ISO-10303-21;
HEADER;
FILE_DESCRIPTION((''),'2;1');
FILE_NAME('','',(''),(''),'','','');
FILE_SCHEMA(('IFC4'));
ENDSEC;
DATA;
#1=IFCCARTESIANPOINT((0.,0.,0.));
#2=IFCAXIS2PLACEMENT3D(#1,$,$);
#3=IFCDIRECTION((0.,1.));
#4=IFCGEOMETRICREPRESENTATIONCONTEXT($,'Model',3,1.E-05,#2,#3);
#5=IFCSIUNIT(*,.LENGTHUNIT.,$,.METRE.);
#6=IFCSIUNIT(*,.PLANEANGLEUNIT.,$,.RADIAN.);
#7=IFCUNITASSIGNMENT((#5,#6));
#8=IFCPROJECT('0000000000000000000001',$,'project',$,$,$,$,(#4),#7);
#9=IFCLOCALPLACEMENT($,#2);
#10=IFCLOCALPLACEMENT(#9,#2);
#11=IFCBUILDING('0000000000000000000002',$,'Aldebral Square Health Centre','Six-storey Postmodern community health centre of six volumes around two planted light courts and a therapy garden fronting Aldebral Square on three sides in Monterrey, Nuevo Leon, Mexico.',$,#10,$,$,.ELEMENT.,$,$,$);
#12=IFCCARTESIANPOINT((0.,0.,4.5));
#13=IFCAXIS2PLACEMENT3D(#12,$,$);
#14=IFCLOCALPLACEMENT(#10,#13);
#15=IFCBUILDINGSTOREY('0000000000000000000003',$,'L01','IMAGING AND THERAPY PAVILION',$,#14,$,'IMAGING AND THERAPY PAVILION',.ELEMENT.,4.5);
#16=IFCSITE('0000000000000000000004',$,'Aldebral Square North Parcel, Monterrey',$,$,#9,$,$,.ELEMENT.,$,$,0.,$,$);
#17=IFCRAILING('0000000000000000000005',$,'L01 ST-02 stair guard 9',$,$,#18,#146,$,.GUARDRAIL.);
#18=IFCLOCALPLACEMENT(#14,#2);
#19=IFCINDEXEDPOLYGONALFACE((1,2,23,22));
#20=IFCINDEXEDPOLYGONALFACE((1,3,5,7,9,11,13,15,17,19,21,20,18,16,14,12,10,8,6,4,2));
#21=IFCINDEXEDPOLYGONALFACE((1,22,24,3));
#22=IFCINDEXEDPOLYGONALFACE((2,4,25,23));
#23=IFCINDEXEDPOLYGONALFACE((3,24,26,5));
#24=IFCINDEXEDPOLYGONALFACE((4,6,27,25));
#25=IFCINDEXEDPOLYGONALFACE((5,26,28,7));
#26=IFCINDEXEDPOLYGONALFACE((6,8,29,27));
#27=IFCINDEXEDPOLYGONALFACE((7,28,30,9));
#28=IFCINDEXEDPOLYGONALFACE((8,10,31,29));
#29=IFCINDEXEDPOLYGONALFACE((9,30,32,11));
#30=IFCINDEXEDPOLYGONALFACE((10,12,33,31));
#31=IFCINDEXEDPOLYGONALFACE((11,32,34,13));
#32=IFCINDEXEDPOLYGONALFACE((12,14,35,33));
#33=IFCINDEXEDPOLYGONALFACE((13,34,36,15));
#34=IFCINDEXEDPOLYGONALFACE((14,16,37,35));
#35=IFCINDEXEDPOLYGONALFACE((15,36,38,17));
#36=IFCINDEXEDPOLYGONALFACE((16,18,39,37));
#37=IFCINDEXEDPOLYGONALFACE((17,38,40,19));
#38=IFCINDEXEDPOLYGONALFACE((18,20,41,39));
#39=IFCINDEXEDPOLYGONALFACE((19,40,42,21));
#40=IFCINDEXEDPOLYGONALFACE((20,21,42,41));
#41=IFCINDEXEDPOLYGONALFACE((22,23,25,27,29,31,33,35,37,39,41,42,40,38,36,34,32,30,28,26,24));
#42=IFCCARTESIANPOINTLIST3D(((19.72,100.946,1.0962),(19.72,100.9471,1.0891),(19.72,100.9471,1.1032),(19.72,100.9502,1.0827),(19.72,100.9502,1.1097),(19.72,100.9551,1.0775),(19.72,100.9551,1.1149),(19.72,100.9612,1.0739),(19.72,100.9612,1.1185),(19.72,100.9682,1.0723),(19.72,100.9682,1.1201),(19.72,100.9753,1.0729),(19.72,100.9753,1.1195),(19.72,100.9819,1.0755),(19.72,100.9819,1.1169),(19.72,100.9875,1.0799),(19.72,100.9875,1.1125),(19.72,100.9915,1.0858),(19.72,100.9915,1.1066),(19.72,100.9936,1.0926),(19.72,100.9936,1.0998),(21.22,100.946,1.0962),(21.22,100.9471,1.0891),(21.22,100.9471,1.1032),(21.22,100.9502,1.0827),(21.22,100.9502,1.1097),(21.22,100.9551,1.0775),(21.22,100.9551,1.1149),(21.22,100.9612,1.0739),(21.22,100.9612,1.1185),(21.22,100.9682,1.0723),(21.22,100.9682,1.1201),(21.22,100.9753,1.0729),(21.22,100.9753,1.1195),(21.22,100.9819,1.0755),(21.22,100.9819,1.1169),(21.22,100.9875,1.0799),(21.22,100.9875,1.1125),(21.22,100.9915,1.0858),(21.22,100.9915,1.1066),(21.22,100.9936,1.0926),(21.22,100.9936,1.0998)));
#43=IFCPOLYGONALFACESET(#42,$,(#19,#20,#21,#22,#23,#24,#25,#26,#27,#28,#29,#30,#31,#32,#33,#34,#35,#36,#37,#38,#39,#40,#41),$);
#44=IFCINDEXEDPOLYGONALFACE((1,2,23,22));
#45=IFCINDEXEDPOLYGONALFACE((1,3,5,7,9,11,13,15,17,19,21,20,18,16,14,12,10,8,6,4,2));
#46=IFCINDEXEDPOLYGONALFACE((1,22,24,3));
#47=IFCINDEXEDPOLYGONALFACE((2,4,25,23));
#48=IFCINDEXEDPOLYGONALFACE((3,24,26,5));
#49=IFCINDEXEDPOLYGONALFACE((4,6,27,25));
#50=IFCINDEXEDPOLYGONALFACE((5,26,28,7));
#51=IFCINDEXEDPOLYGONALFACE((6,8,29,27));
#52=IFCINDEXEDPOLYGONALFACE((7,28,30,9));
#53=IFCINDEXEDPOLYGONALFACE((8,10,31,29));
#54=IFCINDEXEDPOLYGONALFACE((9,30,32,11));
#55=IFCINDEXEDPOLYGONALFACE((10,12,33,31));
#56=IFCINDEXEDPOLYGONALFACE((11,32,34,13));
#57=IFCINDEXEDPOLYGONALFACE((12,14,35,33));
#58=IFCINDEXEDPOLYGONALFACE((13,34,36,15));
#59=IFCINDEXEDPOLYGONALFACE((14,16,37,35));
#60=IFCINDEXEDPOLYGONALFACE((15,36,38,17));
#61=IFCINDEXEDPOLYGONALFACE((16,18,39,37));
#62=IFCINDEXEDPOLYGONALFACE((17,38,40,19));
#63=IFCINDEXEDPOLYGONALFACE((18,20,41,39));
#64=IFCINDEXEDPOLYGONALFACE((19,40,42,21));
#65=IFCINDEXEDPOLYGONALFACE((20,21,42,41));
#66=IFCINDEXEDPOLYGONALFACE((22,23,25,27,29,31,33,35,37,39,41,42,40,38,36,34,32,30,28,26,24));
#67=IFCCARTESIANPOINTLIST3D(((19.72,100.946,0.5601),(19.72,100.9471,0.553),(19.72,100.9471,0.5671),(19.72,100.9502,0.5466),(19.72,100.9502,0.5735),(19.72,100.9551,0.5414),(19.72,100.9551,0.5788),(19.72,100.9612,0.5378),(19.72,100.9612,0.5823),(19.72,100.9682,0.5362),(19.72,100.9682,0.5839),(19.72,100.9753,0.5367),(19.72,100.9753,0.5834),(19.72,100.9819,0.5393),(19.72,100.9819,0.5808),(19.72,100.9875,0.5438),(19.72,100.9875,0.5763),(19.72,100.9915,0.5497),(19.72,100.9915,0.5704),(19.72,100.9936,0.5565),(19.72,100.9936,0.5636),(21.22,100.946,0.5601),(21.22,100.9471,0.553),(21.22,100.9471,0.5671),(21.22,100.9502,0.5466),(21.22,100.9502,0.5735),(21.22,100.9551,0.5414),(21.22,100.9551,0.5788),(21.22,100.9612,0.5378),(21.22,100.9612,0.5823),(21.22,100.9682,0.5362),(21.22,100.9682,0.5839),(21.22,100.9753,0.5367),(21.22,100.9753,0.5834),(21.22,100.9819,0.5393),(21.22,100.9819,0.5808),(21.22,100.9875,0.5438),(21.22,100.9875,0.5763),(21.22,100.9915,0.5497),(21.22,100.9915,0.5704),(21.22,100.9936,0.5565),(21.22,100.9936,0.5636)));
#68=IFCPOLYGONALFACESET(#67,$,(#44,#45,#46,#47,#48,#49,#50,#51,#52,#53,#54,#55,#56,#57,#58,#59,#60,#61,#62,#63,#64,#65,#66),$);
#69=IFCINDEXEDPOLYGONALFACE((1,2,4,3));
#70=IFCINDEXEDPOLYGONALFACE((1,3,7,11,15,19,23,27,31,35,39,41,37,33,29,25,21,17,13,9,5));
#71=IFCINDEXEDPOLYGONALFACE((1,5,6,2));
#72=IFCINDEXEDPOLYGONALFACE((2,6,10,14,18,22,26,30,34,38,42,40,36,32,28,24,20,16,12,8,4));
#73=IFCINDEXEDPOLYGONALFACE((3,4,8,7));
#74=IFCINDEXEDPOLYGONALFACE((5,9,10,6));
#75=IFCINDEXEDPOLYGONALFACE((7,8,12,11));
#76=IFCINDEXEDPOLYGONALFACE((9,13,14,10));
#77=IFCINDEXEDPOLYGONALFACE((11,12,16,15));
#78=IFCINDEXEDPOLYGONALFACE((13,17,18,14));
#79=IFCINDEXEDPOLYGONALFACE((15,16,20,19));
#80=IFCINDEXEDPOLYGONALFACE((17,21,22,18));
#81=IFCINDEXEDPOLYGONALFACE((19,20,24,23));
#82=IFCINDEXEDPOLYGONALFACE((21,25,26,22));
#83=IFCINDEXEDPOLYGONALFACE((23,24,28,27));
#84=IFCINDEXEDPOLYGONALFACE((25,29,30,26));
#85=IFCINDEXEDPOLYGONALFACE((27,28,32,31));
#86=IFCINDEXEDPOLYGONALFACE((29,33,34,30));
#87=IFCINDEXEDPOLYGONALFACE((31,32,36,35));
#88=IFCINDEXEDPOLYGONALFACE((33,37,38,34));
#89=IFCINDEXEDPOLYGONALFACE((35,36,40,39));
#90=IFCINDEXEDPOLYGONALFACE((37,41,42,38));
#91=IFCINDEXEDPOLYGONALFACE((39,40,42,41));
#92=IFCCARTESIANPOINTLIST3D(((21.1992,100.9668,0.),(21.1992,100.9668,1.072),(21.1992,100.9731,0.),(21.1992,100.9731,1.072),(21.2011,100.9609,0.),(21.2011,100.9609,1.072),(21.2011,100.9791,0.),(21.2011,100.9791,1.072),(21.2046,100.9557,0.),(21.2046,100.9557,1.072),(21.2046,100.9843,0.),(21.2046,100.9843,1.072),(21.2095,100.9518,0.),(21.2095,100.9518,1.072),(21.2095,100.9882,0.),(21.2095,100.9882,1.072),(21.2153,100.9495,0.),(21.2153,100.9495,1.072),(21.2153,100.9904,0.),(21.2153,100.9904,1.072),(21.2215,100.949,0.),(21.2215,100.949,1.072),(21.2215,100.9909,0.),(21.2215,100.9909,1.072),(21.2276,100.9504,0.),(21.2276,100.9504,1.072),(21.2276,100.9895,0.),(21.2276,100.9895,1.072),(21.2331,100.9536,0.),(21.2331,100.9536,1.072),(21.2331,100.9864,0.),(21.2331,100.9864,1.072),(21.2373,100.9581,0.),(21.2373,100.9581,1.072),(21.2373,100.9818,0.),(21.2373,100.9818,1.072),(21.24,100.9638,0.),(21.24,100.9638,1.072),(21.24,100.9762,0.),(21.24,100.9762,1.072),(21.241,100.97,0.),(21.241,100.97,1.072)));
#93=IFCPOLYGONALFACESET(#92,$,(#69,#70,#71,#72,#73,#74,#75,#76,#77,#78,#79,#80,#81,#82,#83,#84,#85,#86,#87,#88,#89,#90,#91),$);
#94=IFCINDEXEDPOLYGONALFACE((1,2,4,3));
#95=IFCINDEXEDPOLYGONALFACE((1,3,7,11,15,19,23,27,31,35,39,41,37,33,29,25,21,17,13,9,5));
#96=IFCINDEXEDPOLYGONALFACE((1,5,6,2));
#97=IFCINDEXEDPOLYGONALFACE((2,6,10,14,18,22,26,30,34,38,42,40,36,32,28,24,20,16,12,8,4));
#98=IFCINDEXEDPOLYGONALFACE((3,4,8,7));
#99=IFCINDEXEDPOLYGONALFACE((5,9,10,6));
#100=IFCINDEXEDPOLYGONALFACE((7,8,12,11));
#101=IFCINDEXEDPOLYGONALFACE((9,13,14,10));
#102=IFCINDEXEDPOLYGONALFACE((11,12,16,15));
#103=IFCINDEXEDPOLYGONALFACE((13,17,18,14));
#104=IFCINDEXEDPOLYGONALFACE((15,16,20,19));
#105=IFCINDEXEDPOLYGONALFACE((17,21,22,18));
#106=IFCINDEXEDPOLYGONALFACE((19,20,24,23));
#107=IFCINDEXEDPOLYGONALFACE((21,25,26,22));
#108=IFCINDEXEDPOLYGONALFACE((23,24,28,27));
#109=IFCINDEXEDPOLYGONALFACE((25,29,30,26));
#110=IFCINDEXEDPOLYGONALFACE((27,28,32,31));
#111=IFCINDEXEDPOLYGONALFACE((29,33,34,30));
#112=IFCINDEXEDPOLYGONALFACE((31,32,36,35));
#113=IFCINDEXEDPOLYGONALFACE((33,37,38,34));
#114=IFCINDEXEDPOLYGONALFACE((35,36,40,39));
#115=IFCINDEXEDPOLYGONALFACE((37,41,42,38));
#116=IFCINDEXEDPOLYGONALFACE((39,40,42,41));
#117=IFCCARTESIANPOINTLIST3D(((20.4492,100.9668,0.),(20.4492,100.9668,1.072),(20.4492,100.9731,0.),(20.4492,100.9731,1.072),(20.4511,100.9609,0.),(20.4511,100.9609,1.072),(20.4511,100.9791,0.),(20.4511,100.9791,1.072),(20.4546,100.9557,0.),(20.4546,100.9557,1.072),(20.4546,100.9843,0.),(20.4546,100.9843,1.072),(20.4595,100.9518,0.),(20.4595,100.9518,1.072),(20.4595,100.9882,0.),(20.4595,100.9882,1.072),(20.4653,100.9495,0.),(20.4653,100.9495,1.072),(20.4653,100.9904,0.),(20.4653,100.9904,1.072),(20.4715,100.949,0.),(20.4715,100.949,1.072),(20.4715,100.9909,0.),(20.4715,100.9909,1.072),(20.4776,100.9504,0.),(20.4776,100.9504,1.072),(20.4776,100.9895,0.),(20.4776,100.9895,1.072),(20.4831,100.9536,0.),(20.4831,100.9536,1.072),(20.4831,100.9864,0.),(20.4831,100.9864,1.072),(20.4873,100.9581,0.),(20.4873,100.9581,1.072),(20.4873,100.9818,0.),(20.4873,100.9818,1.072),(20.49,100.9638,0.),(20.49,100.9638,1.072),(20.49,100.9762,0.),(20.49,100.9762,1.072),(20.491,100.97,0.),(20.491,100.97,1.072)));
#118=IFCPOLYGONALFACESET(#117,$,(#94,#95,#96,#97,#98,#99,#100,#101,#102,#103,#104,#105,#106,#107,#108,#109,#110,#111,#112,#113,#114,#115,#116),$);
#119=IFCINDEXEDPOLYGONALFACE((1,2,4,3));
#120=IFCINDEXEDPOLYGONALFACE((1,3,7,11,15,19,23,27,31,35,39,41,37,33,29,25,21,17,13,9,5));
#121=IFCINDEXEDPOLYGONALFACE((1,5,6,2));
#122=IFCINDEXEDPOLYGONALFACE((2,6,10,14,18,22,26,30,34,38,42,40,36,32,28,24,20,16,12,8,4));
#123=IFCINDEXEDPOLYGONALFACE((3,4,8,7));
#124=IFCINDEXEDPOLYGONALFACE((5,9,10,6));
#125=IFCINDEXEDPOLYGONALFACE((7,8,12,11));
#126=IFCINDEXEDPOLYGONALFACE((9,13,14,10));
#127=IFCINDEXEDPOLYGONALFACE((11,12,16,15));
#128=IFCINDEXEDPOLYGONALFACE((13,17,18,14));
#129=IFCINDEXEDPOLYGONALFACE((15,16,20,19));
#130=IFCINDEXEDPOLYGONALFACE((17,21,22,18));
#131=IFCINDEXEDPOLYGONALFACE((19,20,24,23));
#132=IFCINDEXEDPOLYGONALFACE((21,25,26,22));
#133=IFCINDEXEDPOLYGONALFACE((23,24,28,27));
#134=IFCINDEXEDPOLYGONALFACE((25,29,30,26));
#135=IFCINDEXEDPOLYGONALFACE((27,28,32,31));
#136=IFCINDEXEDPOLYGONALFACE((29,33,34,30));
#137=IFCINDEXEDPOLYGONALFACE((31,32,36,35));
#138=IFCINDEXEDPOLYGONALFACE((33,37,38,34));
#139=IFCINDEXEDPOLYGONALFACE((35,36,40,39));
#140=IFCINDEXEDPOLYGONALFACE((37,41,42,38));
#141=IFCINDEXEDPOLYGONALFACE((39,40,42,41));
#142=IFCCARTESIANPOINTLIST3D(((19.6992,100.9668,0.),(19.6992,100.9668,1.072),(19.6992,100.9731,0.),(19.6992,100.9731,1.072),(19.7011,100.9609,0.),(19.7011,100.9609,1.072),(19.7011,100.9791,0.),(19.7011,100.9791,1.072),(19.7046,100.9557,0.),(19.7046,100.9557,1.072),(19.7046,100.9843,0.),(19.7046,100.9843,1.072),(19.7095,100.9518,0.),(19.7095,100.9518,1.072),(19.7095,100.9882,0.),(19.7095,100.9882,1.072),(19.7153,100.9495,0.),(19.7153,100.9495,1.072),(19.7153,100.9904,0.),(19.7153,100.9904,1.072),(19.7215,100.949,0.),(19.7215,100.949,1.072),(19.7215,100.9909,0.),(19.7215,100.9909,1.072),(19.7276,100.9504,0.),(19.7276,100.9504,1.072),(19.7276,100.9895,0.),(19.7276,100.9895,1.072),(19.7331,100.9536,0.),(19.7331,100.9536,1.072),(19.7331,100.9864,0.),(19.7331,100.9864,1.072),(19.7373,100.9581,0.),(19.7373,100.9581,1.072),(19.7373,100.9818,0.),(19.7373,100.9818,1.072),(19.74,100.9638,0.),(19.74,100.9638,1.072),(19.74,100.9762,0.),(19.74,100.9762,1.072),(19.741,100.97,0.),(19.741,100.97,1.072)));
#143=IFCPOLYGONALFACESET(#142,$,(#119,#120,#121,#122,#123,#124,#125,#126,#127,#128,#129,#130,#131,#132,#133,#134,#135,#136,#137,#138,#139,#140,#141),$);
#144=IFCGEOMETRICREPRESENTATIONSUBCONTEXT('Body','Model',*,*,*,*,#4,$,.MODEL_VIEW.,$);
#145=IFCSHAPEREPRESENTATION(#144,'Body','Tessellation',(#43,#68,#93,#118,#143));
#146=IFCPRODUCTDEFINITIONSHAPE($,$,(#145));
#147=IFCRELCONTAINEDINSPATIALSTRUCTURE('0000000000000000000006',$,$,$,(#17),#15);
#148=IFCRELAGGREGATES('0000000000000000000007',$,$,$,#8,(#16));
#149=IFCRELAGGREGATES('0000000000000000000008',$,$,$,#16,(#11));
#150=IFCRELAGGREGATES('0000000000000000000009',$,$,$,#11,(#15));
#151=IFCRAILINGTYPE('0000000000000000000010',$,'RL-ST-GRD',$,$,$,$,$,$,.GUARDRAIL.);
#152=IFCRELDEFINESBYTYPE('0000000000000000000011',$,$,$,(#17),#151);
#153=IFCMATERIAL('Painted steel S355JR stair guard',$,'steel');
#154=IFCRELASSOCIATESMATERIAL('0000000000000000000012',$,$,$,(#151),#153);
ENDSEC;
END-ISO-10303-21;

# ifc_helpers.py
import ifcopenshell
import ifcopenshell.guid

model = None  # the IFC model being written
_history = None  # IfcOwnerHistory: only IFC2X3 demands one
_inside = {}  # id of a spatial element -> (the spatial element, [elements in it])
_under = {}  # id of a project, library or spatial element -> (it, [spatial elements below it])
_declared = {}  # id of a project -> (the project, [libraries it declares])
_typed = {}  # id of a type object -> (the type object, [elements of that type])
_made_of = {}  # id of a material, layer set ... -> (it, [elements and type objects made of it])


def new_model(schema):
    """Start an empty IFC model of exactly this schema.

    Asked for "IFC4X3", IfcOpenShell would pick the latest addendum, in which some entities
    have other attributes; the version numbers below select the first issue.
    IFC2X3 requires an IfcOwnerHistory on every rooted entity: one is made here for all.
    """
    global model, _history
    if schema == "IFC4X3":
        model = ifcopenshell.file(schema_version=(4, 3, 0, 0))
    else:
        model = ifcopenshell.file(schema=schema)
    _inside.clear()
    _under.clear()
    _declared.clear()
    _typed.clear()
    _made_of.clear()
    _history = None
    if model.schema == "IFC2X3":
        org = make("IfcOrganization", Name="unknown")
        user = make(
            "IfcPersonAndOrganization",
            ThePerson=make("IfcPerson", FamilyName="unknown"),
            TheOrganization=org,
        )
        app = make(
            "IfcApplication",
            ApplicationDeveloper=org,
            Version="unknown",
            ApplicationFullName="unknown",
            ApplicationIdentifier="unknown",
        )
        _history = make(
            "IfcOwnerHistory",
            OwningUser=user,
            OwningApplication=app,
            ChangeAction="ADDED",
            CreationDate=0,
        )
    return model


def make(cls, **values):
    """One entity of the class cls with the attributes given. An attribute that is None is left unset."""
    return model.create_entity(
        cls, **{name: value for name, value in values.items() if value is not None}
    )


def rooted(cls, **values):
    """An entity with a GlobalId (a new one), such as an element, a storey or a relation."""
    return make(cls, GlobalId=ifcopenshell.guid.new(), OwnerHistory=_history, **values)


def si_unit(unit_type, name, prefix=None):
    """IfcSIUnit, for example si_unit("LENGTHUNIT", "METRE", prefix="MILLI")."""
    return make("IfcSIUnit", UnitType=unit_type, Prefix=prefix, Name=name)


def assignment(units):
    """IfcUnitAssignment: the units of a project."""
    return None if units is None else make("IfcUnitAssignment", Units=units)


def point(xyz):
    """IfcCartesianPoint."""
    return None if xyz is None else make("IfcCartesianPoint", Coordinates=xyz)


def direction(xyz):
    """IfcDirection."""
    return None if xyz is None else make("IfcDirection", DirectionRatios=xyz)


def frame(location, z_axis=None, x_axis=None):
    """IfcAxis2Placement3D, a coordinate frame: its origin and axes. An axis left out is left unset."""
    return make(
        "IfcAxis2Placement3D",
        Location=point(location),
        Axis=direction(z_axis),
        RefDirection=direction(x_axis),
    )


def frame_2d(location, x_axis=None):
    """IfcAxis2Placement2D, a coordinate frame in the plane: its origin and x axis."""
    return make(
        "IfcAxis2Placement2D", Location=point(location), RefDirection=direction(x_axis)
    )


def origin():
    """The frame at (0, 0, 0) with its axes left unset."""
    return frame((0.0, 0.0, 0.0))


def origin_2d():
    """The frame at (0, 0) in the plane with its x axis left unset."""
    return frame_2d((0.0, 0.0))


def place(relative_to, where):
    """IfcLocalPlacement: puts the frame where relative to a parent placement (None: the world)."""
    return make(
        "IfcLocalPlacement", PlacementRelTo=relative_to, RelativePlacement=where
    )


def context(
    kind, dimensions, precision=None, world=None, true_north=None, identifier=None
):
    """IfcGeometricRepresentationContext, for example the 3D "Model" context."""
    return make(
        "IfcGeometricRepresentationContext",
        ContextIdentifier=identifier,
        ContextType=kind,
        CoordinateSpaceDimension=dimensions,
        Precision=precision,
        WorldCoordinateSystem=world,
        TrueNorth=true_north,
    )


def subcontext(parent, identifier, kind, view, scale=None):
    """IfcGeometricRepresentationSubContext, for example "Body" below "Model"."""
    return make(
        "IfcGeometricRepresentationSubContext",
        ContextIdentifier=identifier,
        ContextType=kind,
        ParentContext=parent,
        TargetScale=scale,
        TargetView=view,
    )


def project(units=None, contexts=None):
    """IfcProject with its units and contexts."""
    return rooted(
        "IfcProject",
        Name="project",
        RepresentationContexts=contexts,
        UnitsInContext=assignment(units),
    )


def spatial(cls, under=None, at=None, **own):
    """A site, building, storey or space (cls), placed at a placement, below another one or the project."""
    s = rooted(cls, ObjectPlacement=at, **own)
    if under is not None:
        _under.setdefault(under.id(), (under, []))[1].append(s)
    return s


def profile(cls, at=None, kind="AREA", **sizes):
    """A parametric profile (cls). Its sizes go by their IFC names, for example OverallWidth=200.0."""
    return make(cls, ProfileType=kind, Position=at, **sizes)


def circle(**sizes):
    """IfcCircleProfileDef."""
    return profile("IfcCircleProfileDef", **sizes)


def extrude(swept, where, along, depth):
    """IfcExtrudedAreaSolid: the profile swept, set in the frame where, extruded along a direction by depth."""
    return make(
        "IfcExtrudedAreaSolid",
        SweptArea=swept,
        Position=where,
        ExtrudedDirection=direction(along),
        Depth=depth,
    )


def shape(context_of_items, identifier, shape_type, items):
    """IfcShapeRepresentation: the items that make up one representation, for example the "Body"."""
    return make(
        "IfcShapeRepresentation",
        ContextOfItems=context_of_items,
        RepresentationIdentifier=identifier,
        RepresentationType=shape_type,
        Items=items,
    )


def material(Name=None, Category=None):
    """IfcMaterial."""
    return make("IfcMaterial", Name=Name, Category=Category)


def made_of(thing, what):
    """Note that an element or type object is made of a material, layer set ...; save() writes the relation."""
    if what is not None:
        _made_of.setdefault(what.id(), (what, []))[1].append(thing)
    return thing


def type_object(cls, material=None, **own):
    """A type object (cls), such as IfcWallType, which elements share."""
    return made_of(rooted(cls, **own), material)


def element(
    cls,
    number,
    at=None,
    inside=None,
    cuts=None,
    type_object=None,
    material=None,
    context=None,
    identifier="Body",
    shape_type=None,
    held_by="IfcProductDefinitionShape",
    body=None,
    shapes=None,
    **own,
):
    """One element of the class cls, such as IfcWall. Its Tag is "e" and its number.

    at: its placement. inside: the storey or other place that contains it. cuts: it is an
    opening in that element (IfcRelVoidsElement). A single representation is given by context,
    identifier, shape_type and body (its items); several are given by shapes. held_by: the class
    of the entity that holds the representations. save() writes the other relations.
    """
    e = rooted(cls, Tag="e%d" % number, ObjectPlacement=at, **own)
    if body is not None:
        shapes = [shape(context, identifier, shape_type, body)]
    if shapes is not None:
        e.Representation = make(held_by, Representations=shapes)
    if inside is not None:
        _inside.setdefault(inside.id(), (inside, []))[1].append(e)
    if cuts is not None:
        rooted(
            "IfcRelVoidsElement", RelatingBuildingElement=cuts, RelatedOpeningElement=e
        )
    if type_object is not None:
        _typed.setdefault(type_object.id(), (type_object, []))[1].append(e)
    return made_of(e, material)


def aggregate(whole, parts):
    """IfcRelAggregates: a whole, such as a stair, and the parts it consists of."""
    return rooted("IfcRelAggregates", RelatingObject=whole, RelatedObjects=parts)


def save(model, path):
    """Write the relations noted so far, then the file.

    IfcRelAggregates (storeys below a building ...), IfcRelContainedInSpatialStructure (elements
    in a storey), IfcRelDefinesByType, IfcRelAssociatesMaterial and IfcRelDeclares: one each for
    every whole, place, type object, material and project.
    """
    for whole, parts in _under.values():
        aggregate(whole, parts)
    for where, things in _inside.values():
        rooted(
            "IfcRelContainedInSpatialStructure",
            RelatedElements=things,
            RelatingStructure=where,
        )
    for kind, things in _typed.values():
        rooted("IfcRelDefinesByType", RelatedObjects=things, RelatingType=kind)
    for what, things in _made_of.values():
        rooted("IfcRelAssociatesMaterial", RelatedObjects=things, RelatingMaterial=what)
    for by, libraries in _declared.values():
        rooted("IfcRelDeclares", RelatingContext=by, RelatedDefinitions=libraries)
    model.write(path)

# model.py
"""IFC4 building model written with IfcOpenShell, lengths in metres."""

from ifc_helpers import new_model, si_unit, direction, frame, origin, origin_2d, place, context, subcontext, project, spatial, circle, extrude, material, type_object, element, save


model = new_model("IFC4")

# Units and contexts
model_context = context("Model", 3, precision=1e-05, world=origin(), true_north=direction((0.0, 1.0)))
body_context = subcontext(model_context, "Body", "Model", "MODEL_VIEW")
ifc_project = project(units=[si_unit("LENGTHUNIT", "METRE"), si_unit("PLANEANGLEUNIT", "RADIAN")], contexts=[model_context])

# Site, building, storey
site_placement = place(None, origin())
site = spatial("IfcSite", under=ifc_project, at=site_placement, Name="Aldebral Square North Parcel, Monterrey", CompositionType="ELEMENT", RefElevation=0.0)
building_placement = place(site_placement, origin())
building = spatial("IfcBuilding", under=site, at=building_placement, Name="Aldebral Square Health Centre", Description="Six-storey Postmodern community health centre of six volumes around two planted light courts and a therapy garden fronting Aldebral Square on three sides in Monterrey, Nuevo Leon, Mexico.", CompositionType="ELEMENT")
storey_placement = place(building_placement, frame((0.0, 0.0, 4.5)))
storey = spatial("IfcBuildingStorey", under=building, at=storey_placement, Name="L01", Description="IMAGING AND THERAPY PAVILION", LongName="IMAGING AND THERAPY PAVILION", CompositionType="ELEMENT", Elevation=4.5)

# Railing
ifc_material_1 = material(Name="Painted steel S355JR stair guard", Category="steel")
railing_type = type_object("IfcRailingType", Name="RL-ST-GRD", PredefinedType="GUARDRAIL", material=ifc_material_1)
for number, where, name in (
    (1, (21.22, 100.97, 0.0), "L01 ST-02 stair guard 9"),
):
    element("IfcRailing", number, at=place(storey_placement, frame(where)), inside=storey, type_object=railing_type, Name=name, PredefinedType="GUARDRAIL", context=body_context, shape_type="SweptSolid", body=[
        extrude(circle(Radius=0.0239, at=origin_2d()), frame((0.0, 0.0, 1.0962), z_axis=(-1.0, 0.0, 0.0), x_axis=(0.0, -1.0, 0.0)), (0.0, 0.0, 1.0), 1.5),
        extrude(circle(Radius=0.0239, at=origin_2d()), frame((0.0, 0.0, 0.5601), z_axis=(-1.0, 0.0, 0.0), x_axis=(0.0, -1.0, 0.0)), (0.0, 0.0, 1.0), 1.5),
        extrude(circle(Radius=0.021, at=origin_2d()), origin(), (0.0, 0.0, 1.0), 1.072),
        extrude(circle(Radius=0.021, at=origin_2d()), frame((-0.75, 0.0, 0.0)), (0.0, 0.0, 1.0), 1.072),
        extrude(circle(Radius=0.021, at=origin_2d()), frame((-1.5, 0.0, 0.0)), (0.0, 0.0, 1.0), 1.072),
    ])

save(model, "model.ifc")
